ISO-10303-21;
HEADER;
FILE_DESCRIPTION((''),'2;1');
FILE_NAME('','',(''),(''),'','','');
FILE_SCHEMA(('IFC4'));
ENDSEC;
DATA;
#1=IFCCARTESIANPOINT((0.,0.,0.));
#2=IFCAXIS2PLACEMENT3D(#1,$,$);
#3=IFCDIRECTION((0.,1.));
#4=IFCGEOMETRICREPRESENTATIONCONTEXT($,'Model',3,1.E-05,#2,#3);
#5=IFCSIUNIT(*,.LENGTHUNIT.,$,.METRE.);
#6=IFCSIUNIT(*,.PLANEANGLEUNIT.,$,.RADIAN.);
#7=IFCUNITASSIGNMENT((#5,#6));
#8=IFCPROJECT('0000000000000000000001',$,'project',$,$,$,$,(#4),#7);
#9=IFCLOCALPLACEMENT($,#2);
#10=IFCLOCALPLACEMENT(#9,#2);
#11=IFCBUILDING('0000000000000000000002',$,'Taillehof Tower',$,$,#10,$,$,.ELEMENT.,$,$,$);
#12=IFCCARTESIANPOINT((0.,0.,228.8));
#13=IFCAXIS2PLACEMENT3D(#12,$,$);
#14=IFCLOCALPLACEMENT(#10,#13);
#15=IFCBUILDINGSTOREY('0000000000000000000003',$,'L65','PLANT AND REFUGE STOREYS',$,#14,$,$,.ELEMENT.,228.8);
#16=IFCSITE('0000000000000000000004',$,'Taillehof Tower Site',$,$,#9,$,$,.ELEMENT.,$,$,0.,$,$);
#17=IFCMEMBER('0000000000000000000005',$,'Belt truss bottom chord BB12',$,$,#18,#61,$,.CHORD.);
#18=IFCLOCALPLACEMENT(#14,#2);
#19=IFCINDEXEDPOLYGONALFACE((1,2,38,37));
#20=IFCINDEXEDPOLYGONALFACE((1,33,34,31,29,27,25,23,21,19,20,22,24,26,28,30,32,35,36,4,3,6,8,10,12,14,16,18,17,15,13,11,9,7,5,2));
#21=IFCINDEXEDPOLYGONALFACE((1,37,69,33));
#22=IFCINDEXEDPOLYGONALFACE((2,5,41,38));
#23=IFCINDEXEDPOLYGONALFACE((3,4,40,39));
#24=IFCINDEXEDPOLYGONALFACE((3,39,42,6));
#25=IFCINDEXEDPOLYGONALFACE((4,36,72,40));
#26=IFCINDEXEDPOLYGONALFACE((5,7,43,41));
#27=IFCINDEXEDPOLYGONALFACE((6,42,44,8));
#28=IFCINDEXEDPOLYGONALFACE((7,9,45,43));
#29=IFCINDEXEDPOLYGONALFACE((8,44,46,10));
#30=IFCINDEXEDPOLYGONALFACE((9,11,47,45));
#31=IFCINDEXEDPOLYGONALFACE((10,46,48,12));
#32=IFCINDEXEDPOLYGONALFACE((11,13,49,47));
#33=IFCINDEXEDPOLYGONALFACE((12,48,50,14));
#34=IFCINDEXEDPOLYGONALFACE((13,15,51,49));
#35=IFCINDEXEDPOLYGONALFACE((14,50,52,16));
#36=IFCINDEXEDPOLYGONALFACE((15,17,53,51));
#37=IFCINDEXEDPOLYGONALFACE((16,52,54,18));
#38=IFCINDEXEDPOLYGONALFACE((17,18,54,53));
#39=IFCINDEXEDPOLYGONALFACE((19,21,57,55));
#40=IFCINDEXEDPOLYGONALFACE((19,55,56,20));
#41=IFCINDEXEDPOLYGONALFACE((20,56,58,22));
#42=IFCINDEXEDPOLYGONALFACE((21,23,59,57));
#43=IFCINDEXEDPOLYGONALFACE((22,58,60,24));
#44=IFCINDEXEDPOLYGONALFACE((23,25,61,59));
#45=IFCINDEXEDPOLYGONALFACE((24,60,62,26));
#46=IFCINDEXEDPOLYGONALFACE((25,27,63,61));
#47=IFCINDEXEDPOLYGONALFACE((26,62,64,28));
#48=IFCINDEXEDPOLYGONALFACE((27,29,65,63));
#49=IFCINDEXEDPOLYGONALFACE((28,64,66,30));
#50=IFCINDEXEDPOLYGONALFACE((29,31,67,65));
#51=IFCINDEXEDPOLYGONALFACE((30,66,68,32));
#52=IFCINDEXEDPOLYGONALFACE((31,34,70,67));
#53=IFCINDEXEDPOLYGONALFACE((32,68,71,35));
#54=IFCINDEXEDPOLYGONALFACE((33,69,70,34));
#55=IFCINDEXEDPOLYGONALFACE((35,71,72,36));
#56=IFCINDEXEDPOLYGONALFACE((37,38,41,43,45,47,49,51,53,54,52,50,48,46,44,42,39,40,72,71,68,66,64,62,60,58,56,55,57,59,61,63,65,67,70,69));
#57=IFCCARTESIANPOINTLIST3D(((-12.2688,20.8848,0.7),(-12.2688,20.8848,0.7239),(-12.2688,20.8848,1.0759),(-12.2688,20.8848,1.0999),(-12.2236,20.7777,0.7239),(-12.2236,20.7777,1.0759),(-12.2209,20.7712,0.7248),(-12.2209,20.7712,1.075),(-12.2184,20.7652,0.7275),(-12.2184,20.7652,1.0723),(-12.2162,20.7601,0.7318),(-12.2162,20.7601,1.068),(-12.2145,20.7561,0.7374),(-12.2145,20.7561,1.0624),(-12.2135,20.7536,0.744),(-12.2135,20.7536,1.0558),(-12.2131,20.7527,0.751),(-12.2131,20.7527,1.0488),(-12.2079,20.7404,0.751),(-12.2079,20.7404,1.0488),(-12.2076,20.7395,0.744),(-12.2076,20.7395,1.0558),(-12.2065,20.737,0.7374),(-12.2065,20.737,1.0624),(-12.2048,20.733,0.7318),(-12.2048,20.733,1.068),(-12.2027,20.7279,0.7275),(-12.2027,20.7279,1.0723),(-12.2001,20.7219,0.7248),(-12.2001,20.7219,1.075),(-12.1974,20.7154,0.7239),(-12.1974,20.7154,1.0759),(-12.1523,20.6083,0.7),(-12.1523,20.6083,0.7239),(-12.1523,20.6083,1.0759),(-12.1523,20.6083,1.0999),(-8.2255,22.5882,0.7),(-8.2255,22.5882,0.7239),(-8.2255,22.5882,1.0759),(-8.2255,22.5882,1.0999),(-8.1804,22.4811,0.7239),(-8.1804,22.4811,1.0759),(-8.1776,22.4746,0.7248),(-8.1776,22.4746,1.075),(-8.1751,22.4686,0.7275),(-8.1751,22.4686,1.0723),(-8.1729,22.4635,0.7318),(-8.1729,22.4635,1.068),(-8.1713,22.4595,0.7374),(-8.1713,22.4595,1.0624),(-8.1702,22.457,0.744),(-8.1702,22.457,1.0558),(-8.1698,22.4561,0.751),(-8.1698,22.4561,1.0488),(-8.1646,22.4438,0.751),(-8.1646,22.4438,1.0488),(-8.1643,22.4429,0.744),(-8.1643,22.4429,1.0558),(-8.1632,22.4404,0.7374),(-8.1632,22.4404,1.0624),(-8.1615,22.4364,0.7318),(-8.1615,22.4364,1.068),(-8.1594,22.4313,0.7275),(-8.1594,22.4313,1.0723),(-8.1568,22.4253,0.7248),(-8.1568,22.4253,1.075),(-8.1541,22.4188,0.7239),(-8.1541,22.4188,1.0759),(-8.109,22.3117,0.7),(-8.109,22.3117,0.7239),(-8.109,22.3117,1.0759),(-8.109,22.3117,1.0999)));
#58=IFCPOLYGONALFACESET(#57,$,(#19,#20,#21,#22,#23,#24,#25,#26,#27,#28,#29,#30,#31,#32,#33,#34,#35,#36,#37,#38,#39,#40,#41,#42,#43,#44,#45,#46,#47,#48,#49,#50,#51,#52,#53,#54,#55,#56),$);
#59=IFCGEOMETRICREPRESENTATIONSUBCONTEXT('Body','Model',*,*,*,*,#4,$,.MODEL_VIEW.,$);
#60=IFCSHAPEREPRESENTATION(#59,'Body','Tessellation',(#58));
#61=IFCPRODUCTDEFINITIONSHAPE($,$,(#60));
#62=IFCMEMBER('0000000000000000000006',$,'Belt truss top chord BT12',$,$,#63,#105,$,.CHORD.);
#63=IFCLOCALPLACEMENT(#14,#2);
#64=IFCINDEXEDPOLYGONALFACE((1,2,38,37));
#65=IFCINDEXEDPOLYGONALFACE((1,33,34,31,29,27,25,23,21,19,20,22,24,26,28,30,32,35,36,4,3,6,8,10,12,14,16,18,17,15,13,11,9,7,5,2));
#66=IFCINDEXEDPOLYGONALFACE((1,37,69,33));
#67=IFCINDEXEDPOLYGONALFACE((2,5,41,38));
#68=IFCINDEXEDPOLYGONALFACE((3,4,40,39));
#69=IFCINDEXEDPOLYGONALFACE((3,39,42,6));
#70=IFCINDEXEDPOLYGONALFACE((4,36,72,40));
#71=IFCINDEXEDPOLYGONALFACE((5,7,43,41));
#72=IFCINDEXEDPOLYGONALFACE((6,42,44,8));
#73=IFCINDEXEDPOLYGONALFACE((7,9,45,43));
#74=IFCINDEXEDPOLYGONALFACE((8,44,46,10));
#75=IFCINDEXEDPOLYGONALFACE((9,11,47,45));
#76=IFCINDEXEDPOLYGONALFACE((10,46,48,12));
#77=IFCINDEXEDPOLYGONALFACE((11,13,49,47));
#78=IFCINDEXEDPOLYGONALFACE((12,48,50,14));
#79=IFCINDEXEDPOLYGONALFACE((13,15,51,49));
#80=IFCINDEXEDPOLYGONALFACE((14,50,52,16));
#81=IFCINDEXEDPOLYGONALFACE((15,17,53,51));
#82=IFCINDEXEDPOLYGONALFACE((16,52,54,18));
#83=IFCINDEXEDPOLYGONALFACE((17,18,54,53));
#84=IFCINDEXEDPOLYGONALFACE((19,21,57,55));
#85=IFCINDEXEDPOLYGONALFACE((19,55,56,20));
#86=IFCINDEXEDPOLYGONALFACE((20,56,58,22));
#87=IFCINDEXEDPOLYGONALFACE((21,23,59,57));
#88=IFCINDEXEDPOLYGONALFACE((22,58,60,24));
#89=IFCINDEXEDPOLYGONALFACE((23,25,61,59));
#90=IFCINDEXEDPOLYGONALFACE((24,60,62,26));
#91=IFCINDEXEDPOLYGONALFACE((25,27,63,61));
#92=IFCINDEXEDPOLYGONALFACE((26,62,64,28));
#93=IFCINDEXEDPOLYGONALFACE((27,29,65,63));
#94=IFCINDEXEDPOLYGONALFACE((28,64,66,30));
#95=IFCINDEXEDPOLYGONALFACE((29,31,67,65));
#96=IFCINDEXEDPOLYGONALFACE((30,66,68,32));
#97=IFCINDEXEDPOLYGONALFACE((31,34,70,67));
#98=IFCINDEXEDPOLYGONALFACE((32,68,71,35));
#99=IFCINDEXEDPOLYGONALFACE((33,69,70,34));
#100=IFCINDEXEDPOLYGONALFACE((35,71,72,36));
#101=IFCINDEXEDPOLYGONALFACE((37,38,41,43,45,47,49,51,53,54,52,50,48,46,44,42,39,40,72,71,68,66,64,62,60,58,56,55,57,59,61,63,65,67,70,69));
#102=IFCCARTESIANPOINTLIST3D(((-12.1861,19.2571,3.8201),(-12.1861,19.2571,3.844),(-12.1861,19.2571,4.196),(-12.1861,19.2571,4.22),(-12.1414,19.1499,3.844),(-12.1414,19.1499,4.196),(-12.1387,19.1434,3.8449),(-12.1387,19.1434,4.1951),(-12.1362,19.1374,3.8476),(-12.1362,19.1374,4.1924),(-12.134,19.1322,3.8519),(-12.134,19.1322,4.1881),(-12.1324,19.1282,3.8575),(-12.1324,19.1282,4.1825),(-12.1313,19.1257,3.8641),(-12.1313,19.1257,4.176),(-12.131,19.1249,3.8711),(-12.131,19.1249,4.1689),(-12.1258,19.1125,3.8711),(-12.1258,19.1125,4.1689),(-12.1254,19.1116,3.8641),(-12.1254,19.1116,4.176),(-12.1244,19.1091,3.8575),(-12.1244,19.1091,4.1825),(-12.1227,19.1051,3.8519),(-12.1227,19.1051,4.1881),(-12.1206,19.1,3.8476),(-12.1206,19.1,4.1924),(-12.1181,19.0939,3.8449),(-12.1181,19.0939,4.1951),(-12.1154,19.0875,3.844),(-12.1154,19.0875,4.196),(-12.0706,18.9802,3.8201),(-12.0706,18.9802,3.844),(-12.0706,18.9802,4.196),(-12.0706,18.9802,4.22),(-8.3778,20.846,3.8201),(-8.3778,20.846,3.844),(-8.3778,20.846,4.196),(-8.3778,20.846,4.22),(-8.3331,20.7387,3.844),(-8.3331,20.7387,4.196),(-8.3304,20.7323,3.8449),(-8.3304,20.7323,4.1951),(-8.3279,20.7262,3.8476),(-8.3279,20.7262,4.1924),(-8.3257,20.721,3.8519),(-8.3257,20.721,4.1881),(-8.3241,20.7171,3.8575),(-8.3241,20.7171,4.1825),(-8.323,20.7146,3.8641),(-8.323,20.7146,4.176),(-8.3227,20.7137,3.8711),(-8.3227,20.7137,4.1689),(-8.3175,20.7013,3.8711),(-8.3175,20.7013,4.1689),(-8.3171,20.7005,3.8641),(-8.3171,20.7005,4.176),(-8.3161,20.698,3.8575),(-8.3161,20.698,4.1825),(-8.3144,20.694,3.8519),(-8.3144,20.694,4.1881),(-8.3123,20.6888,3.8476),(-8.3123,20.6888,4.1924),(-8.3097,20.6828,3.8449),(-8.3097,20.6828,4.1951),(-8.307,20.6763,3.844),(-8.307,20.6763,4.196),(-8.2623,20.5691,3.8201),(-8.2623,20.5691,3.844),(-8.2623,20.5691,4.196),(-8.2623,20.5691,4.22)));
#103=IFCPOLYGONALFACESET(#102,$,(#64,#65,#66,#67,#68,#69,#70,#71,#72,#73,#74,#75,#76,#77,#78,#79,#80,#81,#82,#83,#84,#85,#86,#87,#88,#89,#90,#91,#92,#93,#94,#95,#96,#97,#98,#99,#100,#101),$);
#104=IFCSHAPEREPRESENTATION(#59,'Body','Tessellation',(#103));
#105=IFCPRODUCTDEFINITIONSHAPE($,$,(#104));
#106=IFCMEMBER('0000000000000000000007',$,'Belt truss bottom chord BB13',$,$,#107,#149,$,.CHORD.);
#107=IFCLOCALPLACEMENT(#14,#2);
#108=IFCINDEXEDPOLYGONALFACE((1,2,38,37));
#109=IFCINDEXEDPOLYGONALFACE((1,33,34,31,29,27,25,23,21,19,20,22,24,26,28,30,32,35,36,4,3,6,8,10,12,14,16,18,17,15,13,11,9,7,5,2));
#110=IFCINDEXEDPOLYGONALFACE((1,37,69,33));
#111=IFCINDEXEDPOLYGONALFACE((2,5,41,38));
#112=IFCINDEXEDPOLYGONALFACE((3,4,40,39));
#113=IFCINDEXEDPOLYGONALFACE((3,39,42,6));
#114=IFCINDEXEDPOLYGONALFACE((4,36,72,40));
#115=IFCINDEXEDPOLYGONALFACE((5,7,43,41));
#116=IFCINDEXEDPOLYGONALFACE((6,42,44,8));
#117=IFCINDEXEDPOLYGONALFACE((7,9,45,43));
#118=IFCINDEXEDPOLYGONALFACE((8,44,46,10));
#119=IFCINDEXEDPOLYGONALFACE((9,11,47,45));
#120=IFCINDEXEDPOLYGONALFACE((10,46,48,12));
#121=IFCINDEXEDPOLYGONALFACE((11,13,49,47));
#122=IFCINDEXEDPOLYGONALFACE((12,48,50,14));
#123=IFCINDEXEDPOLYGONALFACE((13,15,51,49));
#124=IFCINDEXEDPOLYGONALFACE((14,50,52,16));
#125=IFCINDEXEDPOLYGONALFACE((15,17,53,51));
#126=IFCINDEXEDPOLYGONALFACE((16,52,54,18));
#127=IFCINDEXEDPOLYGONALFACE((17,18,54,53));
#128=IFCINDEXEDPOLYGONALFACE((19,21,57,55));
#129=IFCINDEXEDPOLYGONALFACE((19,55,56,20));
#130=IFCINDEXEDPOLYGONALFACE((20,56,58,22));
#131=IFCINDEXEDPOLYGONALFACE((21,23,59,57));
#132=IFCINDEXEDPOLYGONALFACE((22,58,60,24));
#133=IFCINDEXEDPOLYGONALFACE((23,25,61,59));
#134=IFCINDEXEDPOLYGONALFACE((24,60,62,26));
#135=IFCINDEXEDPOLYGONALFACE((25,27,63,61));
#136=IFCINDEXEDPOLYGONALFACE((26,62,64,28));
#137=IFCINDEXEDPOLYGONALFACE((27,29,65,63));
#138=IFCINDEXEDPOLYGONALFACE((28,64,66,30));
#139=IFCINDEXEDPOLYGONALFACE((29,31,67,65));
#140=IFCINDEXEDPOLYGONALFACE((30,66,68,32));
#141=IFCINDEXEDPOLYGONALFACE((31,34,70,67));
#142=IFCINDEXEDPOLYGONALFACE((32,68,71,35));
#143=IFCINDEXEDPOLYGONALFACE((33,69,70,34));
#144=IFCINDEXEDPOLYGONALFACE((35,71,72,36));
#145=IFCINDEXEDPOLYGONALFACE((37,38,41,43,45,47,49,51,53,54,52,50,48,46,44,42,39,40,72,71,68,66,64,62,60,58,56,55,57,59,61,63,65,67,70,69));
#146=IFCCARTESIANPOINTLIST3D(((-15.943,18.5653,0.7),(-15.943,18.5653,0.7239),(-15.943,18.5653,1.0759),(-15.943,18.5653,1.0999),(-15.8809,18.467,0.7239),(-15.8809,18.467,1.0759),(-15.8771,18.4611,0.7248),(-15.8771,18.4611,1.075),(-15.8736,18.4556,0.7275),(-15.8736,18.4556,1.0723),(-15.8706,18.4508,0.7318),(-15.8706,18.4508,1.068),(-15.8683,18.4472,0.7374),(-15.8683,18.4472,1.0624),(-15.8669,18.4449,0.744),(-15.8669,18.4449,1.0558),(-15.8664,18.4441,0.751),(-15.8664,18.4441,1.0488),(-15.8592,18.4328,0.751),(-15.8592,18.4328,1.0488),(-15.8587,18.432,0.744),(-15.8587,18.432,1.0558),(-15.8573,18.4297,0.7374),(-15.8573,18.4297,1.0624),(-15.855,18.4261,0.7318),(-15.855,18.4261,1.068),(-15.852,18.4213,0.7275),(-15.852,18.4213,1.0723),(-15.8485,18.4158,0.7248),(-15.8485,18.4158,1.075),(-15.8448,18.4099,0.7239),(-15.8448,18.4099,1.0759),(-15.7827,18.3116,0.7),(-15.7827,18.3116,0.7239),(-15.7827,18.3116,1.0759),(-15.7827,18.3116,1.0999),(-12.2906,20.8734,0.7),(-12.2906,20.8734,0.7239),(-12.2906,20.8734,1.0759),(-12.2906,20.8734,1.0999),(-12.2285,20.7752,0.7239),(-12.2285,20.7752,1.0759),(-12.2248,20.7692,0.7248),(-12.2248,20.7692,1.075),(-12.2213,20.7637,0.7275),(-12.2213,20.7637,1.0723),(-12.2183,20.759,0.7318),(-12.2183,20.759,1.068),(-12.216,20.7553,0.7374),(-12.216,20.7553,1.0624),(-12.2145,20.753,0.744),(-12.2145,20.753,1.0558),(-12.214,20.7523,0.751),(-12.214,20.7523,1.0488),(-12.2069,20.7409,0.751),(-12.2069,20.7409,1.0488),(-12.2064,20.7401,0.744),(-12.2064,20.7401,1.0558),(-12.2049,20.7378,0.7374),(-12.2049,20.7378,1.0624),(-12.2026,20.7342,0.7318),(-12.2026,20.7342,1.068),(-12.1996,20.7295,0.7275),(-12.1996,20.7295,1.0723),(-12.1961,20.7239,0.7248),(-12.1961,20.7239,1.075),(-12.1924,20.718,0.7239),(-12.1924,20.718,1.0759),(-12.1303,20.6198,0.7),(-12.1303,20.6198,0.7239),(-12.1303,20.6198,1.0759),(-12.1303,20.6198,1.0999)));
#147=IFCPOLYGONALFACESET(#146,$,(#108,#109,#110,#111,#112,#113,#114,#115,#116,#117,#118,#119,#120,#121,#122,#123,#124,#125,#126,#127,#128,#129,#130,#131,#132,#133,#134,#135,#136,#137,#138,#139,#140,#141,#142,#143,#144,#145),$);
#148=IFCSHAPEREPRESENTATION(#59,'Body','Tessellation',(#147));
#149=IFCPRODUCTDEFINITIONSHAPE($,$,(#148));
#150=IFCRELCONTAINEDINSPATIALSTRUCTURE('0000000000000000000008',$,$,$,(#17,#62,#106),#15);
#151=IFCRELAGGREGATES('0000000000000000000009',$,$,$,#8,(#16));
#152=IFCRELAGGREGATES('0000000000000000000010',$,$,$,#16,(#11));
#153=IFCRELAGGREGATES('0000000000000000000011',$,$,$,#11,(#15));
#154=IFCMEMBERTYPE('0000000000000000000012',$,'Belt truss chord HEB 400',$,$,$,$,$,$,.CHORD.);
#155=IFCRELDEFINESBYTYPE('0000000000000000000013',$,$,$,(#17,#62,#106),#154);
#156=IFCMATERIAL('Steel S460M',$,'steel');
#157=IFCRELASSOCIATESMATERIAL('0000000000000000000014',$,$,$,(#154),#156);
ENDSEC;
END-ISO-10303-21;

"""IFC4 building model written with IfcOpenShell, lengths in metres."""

from ifc_helpers import new_model, si_unit, direction, frame, origin, origin_2d, place, context, subcontext, project, spatial, i_section, extrude, material, material_profile, profile_set, type_object, element, save


model = new_model("IFC4")

# Units and contexts
model_context = context("Model", 3, precision=1e-05, world=origin(), true_north=direction((0.0, 1.0)))
body_context = subcontext(model_context, "Body", "Model", "MODEL_VIEW")
ifc_project = project(units=[si_unit("LENGTHUNIT", "METRE"), si_unit("PLANEANGLEUNIT", "RADIAN")], contexts=[model_context])

# Site, building, storey
site_placement = place(None, origin())
site = spatial("IfcSite", under=ifc_project, at=site_placement, Name="Taillehof Tower Site", CompositionType="ELEMENT", RefElevation=0.0)
building_placement = place(site_placement, origin())
building = spatial("IfcBuilding", under=site, at=building_placement, Name="Taillehof Tower", CompositionType="ELEMENT")
storey_placement = place(building_placement, frame((0.0, 0.0, 228.8)))
storey = spatial("IfcBuildingStorey", under=building, at=storey_placement, Name="L65", Description="PLANT AND REFUGE STOREYS", CompositionType="ELEMENT", Elevation=228.8)

# Members
ifc_material_1 = material(Name="Steel S460M", Category="steel")
ifc_material_profile_1 = material_profile(ifc_material_1, i_section(OverallWidth=0.3, OverallDepth=0.3999, WebThickness=0.0134, FlangeThickness=0.0239, FilletRadius=0.0271, at=origin_2d()), Name="HEB 400")
ifc_profile_set_1 = profile_set([ifc_material_profile_1], Name="Steel S460M")
member_type_1 = type_object("IfcMemberType", Name="Belt truss chord HEB 400", PredefinedType="CHORD", material=ifc_profile_set_1)
member_1_placement = place(storey_placement, frame((-8.1672, 22.45, 0.8999), z_axis=(-0.921557, -0.388244, 0.0), x_axis=(0.388244, -0.921557, 0.0)))
element("IfcMember", 1, at=member_1_placement, inside=storey, type_object=member_type_1, Name="Belt truss bottom chord BB12", PredefinedType="CHORD", context=body_context, shape_type="SweptSolid", body=[
    extrude(i_section(OverallWidth=0.3, OverallDepth=0.3999, WebThickness=0.0134, FlangeThickness=0.0239, FilletRadius=0.0271, at=origin_2d()), origin(), (0.0, 0.0, 1.0), 4.3875),
])
member_2_placement = place(storey_placement, frame((-8.3201, 20.7075, 4.02), z_axis=(-0.9229, -0.38504, 0.0), x_axis=(0.38504, -0.9229, 0.0)))
element("IfcMember", 2, at=member_2_placement, inside=storey, type_object=member_type_1, Name="Belt truss top chord BT12", PredefinedType="CHORD", context=body_context, shape_type="SweptSolid", body=[
    extrude(i_section(OverallWidth=0.3, OverallDepth=0.3999, WebThickness=0.0134, FlangeThickness=0.0239, FilletRadius=0.0271, at=origin_2d()), origin(), (0.0, 0.0, 1.0), 4.1265),
])
member_3_placement = place(storey_placement, frame((-12.2104, 20.7466, 0.8999), z_axis=(-0.845347, -0.534218, 0.0), x_axis=(0.534218, -0.845347, 0.0)))
element("IfcMember", 3, at=member_3_placement, inside=storey, type_object=member_type_1, Name="Belt truss bottom chord BB13", PredefinedType="CHORD", context=body_context, shape_type="SweptSolid", body=[
    extrude(i_section(OverallWidth=0.3, OverallDepth=0.3999, WebThickness=0.0134, FlangeThickness=0.0239, FilletRadius=0.0271, at=origin_2d()), origin(), (0.0, 0.0, 1.0), 4.3206),
])

save(model, "model.ifc")
